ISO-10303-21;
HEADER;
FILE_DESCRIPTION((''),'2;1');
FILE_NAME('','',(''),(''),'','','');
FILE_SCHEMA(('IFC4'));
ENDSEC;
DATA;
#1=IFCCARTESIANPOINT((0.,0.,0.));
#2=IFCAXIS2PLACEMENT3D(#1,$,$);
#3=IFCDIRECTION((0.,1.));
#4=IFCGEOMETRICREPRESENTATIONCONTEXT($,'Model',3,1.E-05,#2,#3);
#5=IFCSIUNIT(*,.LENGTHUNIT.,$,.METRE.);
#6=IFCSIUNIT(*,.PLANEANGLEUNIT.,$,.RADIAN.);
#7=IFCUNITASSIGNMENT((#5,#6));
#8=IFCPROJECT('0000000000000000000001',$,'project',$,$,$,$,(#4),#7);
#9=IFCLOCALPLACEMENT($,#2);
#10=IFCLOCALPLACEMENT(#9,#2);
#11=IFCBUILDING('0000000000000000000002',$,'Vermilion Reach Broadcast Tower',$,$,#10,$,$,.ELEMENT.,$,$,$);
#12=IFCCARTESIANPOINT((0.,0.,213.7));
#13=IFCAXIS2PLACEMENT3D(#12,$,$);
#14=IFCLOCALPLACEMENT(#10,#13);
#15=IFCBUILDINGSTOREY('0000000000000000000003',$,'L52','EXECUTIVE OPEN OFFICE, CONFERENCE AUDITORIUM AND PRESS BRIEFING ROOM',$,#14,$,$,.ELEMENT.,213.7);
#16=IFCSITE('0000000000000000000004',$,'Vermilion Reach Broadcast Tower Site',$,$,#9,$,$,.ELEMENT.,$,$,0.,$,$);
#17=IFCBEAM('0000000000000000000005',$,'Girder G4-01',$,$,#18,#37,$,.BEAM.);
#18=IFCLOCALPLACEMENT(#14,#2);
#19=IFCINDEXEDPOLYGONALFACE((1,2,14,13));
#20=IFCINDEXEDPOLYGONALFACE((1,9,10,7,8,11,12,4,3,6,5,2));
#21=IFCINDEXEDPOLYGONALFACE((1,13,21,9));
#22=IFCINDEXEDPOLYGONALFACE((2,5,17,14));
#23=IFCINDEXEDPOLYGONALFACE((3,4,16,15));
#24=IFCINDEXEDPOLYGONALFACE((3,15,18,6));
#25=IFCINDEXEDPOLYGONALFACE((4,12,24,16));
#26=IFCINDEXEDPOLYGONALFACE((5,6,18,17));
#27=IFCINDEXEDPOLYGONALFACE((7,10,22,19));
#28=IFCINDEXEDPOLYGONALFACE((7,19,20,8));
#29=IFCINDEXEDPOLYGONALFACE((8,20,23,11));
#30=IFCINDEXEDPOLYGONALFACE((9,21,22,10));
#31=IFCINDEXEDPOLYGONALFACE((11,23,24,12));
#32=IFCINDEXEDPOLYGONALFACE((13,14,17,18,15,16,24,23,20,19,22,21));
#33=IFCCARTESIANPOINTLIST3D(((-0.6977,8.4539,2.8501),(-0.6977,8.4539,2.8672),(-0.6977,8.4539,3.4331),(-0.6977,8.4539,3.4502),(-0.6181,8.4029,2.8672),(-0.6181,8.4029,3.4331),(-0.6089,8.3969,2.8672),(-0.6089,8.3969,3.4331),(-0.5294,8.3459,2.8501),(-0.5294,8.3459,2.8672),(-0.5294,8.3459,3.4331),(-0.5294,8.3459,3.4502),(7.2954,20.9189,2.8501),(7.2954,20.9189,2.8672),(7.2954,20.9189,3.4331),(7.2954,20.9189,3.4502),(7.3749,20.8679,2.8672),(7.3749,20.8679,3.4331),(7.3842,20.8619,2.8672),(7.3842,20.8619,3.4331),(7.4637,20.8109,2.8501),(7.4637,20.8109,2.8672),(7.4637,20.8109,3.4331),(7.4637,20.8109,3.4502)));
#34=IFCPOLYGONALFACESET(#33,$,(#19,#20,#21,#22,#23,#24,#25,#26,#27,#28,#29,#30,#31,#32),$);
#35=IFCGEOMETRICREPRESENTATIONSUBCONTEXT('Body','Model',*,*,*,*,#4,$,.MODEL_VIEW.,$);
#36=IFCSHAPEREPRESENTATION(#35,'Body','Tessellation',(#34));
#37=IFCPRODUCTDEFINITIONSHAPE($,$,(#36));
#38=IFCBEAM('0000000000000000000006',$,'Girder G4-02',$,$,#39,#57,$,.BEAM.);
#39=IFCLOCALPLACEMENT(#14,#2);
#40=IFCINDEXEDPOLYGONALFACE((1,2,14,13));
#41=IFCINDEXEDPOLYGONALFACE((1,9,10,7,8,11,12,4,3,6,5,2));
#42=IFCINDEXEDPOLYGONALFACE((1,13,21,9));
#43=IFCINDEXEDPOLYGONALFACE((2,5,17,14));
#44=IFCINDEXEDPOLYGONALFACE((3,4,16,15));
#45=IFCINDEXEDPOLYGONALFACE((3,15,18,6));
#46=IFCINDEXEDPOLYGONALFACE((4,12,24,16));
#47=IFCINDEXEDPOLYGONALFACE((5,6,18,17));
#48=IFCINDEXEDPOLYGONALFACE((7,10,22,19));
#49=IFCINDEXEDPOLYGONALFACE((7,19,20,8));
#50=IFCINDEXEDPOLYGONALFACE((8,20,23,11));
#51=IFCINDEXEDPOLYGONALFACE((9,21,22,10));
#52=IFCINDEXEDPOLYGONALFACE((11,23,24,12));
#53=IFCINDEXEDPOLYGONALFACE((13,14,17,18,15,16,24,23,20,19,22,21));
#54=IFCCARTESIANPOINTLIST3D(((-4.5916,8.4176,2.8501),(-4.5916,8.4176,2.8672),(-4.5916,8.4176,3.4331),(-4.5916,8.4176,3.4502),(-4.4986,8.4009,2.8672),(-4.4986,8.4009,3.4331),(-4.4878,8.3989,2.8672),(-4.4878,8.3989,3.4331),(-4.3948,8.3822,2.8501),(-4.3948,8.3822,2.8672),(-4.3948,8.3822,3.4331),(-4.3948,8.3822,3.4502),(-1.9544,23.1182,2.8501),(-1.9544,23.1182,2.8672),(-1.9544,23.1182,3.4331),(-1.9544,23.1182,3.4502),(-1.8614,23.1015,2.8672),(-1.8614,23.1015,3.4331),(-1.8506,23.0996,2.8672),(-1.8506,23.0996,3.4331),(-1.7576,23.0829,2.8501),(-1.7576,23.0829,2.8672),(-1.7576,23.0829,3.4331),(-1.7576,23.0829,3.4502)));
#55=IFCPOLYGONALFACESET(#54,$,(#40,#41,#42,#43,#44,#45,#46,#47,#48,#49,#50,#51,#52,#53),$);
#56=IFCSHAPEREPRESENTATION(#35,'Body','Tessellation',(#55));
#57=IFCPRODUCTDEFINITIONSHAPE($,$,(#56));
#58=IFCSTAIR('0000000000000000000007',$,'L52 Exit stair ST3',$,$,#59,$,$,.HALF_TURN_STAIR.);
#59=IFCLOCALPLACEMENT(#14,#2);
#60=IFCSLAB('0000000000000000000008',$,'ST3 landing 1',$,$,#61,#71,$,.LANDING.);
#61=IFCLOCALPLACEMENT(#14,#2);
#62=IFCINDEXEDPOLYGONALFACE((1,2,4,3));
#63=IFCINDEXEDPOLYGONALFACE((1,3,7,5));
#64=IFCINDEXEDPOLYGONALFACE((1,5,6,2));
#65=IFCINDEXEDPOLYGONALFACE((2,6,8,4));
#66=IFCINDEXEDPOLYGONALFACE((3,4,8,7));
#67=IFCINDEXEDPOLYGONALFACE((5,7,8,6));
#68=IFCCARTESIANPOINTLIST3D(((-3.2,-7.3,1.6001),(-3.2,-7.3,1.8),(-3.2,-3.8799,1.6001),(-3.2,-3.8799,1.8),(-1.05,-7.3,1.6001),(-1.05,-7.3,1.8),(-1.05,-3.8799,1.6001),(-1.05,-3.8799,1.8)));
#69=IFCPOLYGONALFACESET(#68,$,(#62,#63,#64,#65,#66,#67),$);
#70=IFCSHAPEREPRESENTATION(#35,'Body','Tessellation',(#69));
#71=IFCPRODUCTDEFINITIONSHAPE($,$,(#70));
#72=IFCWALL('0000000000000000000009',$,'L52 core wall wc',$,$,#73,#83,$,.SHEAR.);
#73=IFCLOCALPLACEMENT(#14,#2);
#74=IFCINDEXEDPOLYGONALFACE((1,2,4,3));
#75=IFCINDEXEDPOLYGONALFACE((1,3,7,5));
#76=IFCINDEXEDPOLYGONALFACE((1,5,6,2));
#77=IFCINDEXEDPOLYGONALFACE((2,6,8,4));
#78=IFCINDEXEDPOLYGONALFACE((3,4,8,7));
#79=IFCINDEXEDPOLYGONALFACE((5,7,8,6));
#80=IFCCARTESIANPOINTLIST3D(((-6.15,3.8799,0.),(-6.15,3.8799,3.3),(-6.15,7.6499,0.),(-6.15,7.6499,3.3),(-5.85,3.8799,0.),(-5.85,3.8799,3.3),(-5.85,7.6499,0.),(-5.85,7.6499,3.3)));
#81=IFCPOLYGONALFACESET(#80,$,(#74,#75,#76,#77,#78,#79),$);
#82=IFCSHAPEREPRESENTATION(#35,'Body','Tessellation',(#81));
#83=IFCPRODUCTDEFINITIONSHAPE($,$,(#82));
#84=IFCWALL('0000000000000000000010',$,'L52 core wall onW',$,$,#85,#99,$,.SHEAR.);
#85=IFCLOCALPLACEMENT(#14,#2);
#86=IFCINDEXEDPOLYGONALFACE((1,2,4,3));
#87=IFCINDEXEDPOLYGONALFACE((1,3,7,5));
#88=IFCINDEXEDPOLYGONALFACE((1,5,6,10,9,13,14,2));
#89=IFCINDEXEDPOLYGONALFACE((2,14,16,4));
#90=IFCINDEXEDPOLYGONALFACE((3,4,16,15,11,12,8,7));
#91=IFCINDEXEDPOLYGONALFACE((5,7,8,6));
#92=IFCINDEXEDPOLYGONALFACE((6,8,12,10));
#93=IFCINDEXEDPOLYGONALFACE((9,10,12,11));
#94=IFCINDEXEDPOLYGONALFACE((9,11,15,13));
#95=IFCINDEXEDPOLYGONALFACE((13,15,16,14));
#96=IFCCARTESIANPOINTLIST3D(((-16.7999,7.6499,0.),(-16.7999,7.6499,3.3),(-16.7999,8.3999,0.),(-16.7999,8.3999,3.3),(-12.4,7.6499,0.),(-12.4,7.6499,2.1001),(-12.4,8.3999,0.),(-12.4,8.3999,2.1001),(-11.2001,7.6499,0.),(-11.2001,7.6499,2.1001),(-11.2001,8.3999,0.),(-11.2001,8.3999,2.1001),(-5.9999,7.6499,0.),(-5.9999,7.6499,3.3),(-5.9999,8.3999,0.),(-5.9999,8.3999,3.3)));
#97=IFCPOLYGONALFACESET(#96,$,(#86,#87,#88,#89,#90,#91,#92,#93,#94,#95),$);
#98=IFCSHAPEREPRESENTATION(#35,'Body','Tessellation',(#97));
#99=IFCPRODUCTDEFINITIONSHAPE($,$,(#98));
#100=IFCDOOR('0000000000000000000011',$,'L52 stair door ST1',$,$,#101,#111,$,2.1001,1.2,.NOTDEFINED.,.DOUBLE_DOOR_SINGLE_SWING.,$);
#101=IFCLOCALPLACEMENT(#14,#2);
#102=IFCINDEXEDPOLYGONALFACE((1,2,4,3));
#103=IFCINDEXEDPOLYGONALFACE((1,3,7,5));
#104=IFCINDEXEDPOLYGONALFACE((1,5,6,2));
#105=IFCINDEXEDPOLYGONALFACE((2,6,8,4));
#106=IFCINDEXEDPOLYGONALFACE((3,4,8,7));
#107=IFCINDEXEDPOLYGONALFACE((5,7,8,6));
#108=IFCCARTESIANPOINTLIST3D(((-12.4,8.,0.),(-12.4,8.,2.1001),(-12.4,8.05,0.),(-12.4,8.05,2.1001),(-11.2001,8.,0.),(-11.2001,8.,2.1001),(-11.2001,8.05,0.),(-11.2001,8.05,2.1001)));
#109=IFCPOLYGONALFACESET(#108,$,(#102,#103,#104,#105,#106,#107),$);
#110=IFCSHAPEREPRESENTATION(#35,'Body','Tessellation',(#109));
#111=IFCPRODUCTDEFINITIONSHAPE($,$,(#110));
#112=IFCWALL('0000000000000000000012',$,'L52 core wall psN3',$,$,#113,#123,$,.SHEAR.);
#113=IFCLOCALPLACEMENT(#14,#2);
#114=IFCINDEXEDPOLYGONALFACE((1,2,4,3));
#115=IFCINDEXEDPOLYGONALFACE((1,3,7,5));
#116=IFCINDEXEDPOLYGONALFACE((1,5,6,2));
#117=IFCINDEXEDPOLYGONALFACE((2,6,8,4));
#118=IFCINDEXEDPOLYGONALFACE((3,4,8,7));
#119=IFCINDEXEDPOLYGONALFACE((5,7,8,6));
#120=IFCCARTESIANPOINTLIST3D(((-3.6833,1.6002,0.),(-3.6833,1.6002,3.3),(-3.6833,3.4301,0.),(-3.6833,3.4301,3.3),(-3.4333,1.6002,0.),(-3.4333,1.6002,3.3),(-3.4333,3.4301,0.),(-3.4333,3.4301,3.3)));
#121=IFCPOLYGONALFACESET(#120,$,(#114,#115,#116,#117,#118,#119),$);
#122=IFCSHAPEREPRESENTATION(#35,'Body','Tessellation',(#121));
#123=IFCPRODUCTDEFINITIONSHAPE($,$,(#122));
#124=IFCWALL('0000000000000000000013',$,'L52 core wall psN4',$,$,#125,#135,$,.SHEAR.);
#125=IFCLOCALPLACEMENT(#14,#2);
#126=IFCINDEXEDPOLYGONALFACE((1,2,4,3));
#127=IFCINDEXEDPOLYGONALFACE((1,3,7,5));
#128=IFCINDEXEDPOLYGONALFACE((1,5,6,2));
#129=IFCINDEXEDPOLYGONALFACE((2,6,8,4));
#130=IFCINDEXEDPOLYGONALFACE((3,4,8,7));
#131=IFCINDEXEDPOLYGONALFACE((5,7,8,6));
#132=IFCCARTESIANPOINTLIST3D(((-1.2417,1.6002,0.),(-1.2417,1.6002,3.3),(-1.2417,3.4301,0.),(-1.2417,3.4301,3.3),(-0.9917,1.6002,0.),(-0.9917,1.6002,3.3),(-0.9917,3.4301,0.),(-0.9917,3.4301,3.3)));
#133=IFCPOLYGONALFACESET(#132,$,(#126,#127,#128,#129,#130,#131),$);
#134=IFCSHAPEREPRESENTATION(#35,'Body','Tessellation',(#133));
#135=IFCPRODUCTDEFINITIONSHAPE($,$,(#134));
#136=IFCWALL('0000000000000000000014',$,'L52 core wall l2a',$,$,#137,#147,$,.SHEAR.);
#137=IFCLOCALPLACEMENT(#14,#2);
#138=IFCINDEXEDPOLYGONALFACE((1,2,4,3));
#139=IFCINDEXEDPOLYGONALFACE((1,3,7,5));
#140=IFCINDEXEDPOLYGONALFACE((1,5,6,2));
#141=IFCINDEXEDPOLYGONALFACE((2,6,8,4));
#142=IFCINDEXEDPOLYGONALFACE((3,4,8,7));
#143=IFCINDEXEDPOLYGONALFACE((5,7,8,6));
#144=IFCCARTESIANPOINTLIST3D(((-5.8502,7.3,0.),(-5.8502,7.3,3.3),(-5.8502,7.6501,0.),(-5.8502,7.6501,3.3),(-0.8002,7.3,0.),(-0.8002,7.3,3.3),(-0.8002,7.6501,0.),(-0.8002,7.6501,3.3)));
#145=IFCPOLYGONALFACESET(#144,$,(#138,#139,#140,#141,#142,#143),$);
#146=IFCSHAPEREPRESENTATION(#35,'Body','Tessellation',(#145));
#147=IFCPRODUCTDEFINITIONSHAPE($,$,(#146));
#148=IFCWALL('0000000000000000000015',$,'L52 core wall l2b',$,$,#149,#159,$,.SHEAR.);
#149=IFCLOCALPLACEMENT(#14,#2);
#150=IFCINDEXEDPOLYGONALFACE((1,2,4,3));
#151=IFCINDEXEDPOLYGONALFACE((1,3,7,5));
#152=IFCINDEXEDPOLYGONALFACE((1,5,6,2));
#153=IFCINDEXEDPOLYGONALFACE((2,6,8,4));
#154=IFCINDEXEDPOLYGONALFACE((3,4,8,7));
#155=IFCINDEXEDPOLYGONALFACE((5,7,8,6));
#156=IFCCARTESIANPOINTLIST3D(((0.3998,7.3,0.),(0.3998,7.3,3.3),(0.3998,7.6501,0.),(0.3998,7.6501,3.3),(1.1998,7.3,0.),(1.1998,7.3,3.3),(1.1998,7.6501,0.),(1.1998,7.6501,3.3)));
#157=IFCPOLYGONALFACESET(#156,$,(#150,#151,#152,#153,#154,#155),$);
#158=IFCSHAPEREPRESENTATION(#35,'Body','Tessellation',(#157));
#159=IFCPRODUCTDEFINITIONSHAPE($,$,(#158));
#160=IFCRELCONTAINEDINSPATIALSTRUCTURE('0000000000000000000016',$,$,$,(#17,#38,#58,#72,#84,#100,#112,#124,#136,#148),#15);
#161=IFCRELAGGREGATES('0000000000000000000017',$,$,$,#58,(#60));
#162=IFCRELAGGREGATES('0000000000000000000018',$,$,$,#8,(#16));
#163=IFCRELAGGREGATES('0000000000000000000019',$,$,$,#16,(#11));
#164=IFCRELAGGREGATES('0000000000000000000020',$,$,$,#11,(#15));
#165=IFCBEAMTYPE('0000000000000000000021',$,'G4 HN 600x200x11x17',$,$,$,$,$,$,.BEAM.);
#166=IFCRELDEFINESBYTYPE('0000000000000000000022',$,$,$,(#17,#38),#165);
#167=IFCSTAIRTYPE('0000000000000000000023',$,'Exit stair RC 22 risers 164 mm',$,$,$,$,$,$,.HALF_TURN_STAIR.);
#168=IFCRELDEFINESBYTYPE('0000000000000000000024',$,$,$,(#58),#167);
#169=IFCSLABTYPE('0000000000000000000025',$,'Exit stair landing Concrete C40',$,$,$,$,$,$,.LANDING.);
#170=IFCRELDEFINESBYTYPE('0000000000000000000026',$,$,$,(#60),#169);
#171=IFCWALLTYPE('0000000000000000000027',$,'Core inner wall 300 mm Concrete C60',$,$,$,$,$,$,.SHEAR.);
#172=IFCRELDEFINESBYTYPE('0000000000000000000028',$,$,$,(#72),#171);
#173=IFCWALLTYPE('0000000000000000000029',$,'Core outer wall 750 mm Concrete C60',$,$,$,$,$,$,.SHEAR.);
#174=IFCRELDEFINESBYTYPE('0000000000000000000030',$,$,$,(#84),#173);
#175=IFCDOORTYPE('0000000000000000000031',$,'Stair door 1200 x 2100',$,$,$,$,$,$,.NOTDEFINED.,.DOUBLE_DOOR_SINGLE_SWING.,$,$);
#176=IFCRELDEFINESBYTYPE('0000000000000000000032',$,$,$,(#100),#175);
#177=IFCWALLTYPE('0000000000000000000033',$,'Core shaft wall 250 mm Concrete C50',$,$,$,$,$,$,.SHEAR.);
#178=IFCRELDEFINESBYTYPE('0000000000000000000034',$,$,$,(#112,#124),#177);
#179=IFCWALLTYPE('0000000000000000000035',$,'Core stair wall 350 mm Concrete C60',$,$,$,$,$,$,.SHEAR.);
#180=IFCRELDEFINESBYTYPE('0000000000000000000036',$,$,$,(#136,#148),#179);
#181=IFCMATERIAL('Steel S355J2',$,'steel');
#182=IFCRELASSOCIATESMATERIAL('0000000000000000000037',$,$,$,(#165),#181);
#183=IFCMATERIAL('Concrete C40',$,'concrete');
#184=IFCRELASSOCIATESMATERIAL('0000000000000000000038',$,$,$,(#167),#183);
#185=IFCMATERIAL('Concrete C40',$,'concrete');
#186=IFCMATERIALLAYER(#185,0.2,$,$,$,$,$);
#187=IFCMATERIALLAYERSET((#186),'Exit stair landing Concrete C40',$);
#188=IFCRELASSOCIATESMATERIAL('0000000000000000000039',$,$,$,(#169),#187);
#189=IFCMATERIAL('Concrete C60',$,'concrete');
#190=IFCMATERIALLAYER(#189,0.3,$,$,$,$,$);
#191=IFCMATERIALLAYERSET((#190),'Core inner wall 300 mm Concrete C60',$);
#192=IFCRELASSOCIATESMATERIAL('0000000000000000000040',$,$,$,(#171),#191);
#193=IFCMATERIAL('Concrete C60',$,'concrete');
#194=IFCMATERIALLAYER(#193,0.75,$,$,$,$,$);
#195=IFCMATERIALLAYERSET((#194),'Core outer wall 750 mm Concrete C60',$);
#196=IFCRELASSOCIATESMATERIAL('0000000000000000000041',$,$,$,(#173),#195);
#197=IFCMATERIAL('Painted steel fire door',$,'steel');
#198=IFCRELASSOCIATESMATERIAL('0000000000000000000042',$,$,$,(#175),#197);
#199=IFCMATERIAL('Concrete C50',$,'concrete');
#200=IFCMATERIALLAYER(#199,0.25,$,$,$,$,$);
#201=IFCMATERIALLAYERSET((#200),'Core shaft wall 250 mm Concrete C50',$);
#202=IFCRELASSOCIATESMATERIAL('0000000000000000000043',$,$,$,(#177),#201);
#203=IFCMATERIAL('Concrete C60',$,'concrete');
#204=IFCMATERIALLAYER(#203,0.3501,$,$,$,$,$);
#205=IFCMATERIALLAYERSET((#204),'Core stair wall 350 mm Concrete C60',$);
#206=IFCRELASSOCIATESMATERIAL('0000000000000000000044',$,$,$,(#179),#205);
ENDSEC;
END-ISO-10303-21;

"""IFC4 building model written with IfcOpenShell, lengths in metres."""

from ifc_helpers import new_model, si_unit, direction, frame, frame_2d, origin, origin_2d, place, context, subcontext, project, spatial, polyline, rectangle, i_section, outline, extrude, material, layer, layer_set, material_profile, profile_set, type_object, element, fill, aggregate, save


model = new_model("IFC4")

# Units and contexts
model_context = context("Model", 3, precision=1e-05, world=origin(), true_north=direction((0.0, 1.0)))
body_context = subcontext(model_context, "Body", "Model", "MODEL_VIEW")
ifc_project = project(units=[si_unit("LENGTHUNIT", "METRE"), si_unit("PLANEANGLEUNIT", "RADIAN")], contexts=[model_context])

# Site, building, storey
site_placement = place(None, origin())
site = spatial("IfcSite", under=ifc_project, at=site_placement, Name="Vermilion Reach Broadcast Tower Site", CompositionType="ELEMENT", RefElevation=0.0)
building_placement = place(site_placement, origin())
building = spatial("IfcBuilding", under=site, at=building_placement, Name="Vermilion Reach Broadcast Tower", CompositionType="ELEMENT")
storey_placement = place(building_placement, frame((0.0, 0.0, 213.7)))
storey = spatial("IfcBuildingStorey", under=building, at=storey_placement, Name="L52", Description="EXECUTIVE OPEN OFFICE, CONFERENCE AUDITORIUM AND PRESS BRIEFING ROOM", CompositionType="ELEMENT", Elevation=213.7)

# Beams
ifc_material_1 = material(Name="Steel S355J2", Category="steel")
ifc_material_profile = material_profile(ifc_material_1, i_section(OverallWidth=0.2, OverallDepth=0.6001, WebThickness=0.011, FlangeThickness=0.0171, at=origin_2d()), Name="S355J2 HN 600x200x11x17")
ifc_profile_set = profile_set([ifc_material_profile], Name="Steel S355J2")
beam_type = type_object("IfcBeamType", Name="G4 HN 600x200x11x17", PredefinedType="BEAM", material=ifc_profile_set)
beam_1_placement = place(storey_placement, frame((-0.6135, 8.3999, 3.1501), z_axis=(0.539796, 0.841796, 0.0), x_axis=(-0.841796, 0.539796, 0.0)))
element("IfcBeam", 1, at=beam_1_placement, inside=storey, type_object=beam_type, Name="Girder G4-01", PredefinedType="BEAM", context=body_context, shape_type="SweptSolid", body=[
    extrude(i_section(OverallWidth=0.2, OverallDepth=0.6001, WebThickness=0.011, FlangeThickness=0.0171, at=origin_2d()), origin(), (0.0, 0.0, 1.0), 14.8076),
])
beam_2_placement = place(storey_placement, frame((-4.4932, 8.3999, 3.1501), z_axis=(0.176575, 0.984287, 0.0), x_axis=(-0.984287, 0.176575, 0.0)))
element("IfcBeam", 2, at=beam_2_placement, inside=storey, type_object=beam_type, Name="Girder G4-02", PredefinedType="BEAM", context=body_context, shape_type="SweptSolid", body=[
    extrude(i_section(OverallWidth=0.2, OverallDepth=0.6001, WebThickness=0.011, FlangeThickness=0.0171, at=origin_2d()), origin(), (0.0, 0.0, 1.0), 14.9353),
])

# Stair, slab
ifc_material_2 = material(Name="Concrete C40", Category="concrete")
stair_type = type_object("IfcStairType", Name="Exit stair RC 22 risers 164 mm", PredefinedType="HALF_TURN_STAIR", material=ifc_material_2)
placement = place(storey_placement, origin())
stair_1 = element("IfcStair", 3, at=placement, inside=storey, type_object=stair_type, Name="L52 Exit stair ST3", PredefinedType="HALF_TURN_STAIR")
ifc_material_3 = material(Name="Concrete C40", Category="concrete")
ifc_layer_1 = layer(ifc_material_3, 0.2)
ifc_layer_set_1 = layer_set([ifc_layer_1], Name="Exit stair landing Concrete C40")
slab_type = type_object("IfcSlabType", Name="Exit stair landing Concrete C40", PredefinedType="LANDING", material=ifc_layer_set_1)
slab_placement = place(storey_placement, frame((0.0, 0.0, 1.6001)))
slab = element("IfcSlab", 4, at=slab_placement, type_object=slab_type, Name="ST3 landing 1", PredefinedType="LANDING", context=body_context, shape_type="SweptSolid", body=[
    extrude(outline(polyline([(-3.2, -7.3), (-1.05, -7.3), (-1.05, -3.8799), (-3.2, -3.8799), (-3.2, -7.3)])), origin(), (0.0, 0.0, 1.0), 0.2),
])
aggregate(stair_1, [slab])

# Wall
ifc_material_4 = material(Name="Concrete C60", Category="concrete")
ifc_layer_2 = layer(ifc_material_4, 0.3)
ifc_layer_set_2 = layer_set([ifc_layer_2], Name="Core inner wall 300 mm Concrete C60")
wall_type_1 = type_object("IfcWallType", Name="Core inner wall 300 mm Concrete C60", PredefinedType="SHEAR", material=ifc_layer_set_2)
wall_1_placement = place(storey_placement, frame((-6.0, 3.8799, 0.0), z_axis=(0.0, 0.0, 1.0), x_axis=(0.0, 1.0, 0.0)))
element("IfcWall", 5, at=wall_1_placement, inside=storey, type_object=wall_type_1, Name="L52 core wall wc", PredefinedType="SHEAR", context=body_context, shape_type="SweptSolid", body=[
    extrude(rectangle(XDim=3.77, YDim=0.3, at=frame_2d((1.885, 0.0))), origin(), (0.0, 0.0, 1.0), 3.3),
])

# Wall, opening, door
ifc_material_5 = material(Name="Concrete C60", Category="concrete")
ifc_layer_3 = layer(ifc_material_5, 0.75)
ifc_layer_set_3 = layer_set([ifc_layer_3], Name="Core outer wall 750 mm Concrete C60")
wall_type_2 = type_object("IfcWallType", Name="Core outer wall 750 mm Concrete C60", PredefinedType="SHEAR", material=ifc_layer_set_3)
wall_2_placement = place(storey_placement, frame((-6.0, 8.0249, 0.0), z_axis=(0.0, 0.0, 1.0), x_axis=(-1.0, 0.0, 0.0)))
wall_2 = element("IfcWall", 6, at=wall_2_placement, inside=storey, type_object=wall_type_2, Name="L52 core wall onW", PredefinedType="SHEAR", context=body_context, shape_type="SweptSolid", body=[
    extrude(rectangle(XDim=10.8, YDim=0.75, at=frame_2d((5.3999, 0.0))), origin(), (0.0, 0.0, 1.0), 3.3),
])
opening_placement = place(wall_2_placement, frame((5.2, 0.0, 0.0)))
opening = element("IfcOpeningElement", 7, at=opening_placement, cuts=wall_2, PredefinedType="OPENING", context=body_context, shape_type="SweptSolid", body=[
    extrude(rectangle(XDim=1.2, YDim=2.1001, at=frame_2d((0.6001, 1.05))), frame((0.0, 0.385, 0.0), z_axis=(0.0, -1.0, 0.0), x_axis=(1.0, 0.0, 0.0)), (0.0, 0.0, 1.0), 0.77),
])
ifc_material_6 = material(Name="Painted steel fire door", Category="steel")
door_type = type_object("IfcDoorType", Name="Stair door 1200 x 2100", OperationType="DOUBLE_DOOR_SINGLE_SWING", PredefinedType="NOTDEFINED", material=ifc_material_6)
door_placement = place(opening_placement, origin())
door = element("IfcDoor", 8, at=door_placement, inside=storey, type_object=door_type, Name="L52 stair door ST1", OperationType="DOUBLE_DOOR_SINGLE_SWING", OverallHeight=2.1001, OverallWidth=1.2, PredefinedType="NOTDEFINED", context=body_context, shape_type="SweptSolid", body=[
    extrude(rectangle(XDim=1.2, YDim=2.1001, at=frame_2d((0.6001, 1.05))), frame((0.0, 0.0249, 0.0), z_axis=(0.0, -1.0, 0.0), x_axis=(1.0, 0.0, 0.0)), (0.0, 0.0, 1.0), 0.05),
])
fill(opening, door)

# Walls
ifc_material_7 = material(Name="Concrete C50", Category="concrete")
ifc_layer_4 = layer(ifc_material_7, 0.25)
ifc_layer_set_4 = layer_set([ifc_layer_4], Name="Core shaft wall 250 mm Concrete C50")
wall_type_3 = type_object("IfcWallType", Name="Core shaft wall 250 mm Concrete C50", PredefinedType="SHEAR", material=ifc_layer_set_4)
for number, where, z_axis, x_axis, name in (
    (9, (-3.5583, 1.6001, 0.0), (0.0, 0.0, 1.0), (0.0, 1.0, 0.0), "L52 core wall psN3"),
    (10, (-1.1167, 1.6001, 0.0), (0.0, 0.0, 1.0), (0.0, 1.0, 0.0), "L52 core wall psN4"),
):
    element("IfcWall", number, at=place(storey_placement, frame(where, z_axis=z_axis, x_axis=x_axis)), inside=storey, type_object=wall_type_3, Name=name, PredefinedType="SHEAR", context=body_context, shape_type="SweptSolid", body=[
        extrude(rectangle(XDim=1.8298, YDim=0.25, at=frame_2d((0.915, 0.0))), origin(), (0.0, 0.0, 1.0), 3.3),
    ])
ifc_material_8 = material(Name="Concrete C60", Category="concrete")
ifc_layer_5 = layer(ifc_material_8, 0.3501)
ifc_layer_set_5 = layer_set([ifc_layer_5], Name="Core stair wall 350 mm Concrete C60")
wall_type_4 = type_object("IfcWallType", Name="Core stair wall 350 mm Concrete C60", PredefinedType="SHEAR", material=ifc_layer_set_5)
wall_3_placement = place(storey_placement, frame((-5.8501, 7.4751, 0.0), z_axis=(0.0, 0.0, 1.0), x_axis=(1.0, 0.0, 0.0)))
element("IfcWall", 11, at=wall_3_placement, inside=storey, type_object=wall_type_4, Name="L52 core wall l2a", PredefinedType="SHEAR", context=body_context, shape_type="SweptSolid", body=[
    extrude(rectangle(XDim=5.05, YDim=0.3501, at=frame_2d((2.5249, 0.0))), origin(), (0.0, 0.0, 1.0), 3.3),
])
wall_4_placement = place(storey_placement, frame((0.3999, 7.4751, 0.0), z_axis=(0.0, 0.0, 1.0), x_axis=(1.0, 0.0, 0.0)))
element("IfcWall", 12, at=wall_4_placement, inside=storey, type_object=wall_type_4, Name="L52 core wall l2b", PredefinedType="SHEAR", context=body_context, shape_type="SweptSolid", body=[
    extrude(rectangle(XDim=0.8, YDim=0.3501, at=frame_2d((0.3999, 0.0))), origin(), (0.0, 0.0, 1.0), 3.3),
])

save(model, "model.ifc")
